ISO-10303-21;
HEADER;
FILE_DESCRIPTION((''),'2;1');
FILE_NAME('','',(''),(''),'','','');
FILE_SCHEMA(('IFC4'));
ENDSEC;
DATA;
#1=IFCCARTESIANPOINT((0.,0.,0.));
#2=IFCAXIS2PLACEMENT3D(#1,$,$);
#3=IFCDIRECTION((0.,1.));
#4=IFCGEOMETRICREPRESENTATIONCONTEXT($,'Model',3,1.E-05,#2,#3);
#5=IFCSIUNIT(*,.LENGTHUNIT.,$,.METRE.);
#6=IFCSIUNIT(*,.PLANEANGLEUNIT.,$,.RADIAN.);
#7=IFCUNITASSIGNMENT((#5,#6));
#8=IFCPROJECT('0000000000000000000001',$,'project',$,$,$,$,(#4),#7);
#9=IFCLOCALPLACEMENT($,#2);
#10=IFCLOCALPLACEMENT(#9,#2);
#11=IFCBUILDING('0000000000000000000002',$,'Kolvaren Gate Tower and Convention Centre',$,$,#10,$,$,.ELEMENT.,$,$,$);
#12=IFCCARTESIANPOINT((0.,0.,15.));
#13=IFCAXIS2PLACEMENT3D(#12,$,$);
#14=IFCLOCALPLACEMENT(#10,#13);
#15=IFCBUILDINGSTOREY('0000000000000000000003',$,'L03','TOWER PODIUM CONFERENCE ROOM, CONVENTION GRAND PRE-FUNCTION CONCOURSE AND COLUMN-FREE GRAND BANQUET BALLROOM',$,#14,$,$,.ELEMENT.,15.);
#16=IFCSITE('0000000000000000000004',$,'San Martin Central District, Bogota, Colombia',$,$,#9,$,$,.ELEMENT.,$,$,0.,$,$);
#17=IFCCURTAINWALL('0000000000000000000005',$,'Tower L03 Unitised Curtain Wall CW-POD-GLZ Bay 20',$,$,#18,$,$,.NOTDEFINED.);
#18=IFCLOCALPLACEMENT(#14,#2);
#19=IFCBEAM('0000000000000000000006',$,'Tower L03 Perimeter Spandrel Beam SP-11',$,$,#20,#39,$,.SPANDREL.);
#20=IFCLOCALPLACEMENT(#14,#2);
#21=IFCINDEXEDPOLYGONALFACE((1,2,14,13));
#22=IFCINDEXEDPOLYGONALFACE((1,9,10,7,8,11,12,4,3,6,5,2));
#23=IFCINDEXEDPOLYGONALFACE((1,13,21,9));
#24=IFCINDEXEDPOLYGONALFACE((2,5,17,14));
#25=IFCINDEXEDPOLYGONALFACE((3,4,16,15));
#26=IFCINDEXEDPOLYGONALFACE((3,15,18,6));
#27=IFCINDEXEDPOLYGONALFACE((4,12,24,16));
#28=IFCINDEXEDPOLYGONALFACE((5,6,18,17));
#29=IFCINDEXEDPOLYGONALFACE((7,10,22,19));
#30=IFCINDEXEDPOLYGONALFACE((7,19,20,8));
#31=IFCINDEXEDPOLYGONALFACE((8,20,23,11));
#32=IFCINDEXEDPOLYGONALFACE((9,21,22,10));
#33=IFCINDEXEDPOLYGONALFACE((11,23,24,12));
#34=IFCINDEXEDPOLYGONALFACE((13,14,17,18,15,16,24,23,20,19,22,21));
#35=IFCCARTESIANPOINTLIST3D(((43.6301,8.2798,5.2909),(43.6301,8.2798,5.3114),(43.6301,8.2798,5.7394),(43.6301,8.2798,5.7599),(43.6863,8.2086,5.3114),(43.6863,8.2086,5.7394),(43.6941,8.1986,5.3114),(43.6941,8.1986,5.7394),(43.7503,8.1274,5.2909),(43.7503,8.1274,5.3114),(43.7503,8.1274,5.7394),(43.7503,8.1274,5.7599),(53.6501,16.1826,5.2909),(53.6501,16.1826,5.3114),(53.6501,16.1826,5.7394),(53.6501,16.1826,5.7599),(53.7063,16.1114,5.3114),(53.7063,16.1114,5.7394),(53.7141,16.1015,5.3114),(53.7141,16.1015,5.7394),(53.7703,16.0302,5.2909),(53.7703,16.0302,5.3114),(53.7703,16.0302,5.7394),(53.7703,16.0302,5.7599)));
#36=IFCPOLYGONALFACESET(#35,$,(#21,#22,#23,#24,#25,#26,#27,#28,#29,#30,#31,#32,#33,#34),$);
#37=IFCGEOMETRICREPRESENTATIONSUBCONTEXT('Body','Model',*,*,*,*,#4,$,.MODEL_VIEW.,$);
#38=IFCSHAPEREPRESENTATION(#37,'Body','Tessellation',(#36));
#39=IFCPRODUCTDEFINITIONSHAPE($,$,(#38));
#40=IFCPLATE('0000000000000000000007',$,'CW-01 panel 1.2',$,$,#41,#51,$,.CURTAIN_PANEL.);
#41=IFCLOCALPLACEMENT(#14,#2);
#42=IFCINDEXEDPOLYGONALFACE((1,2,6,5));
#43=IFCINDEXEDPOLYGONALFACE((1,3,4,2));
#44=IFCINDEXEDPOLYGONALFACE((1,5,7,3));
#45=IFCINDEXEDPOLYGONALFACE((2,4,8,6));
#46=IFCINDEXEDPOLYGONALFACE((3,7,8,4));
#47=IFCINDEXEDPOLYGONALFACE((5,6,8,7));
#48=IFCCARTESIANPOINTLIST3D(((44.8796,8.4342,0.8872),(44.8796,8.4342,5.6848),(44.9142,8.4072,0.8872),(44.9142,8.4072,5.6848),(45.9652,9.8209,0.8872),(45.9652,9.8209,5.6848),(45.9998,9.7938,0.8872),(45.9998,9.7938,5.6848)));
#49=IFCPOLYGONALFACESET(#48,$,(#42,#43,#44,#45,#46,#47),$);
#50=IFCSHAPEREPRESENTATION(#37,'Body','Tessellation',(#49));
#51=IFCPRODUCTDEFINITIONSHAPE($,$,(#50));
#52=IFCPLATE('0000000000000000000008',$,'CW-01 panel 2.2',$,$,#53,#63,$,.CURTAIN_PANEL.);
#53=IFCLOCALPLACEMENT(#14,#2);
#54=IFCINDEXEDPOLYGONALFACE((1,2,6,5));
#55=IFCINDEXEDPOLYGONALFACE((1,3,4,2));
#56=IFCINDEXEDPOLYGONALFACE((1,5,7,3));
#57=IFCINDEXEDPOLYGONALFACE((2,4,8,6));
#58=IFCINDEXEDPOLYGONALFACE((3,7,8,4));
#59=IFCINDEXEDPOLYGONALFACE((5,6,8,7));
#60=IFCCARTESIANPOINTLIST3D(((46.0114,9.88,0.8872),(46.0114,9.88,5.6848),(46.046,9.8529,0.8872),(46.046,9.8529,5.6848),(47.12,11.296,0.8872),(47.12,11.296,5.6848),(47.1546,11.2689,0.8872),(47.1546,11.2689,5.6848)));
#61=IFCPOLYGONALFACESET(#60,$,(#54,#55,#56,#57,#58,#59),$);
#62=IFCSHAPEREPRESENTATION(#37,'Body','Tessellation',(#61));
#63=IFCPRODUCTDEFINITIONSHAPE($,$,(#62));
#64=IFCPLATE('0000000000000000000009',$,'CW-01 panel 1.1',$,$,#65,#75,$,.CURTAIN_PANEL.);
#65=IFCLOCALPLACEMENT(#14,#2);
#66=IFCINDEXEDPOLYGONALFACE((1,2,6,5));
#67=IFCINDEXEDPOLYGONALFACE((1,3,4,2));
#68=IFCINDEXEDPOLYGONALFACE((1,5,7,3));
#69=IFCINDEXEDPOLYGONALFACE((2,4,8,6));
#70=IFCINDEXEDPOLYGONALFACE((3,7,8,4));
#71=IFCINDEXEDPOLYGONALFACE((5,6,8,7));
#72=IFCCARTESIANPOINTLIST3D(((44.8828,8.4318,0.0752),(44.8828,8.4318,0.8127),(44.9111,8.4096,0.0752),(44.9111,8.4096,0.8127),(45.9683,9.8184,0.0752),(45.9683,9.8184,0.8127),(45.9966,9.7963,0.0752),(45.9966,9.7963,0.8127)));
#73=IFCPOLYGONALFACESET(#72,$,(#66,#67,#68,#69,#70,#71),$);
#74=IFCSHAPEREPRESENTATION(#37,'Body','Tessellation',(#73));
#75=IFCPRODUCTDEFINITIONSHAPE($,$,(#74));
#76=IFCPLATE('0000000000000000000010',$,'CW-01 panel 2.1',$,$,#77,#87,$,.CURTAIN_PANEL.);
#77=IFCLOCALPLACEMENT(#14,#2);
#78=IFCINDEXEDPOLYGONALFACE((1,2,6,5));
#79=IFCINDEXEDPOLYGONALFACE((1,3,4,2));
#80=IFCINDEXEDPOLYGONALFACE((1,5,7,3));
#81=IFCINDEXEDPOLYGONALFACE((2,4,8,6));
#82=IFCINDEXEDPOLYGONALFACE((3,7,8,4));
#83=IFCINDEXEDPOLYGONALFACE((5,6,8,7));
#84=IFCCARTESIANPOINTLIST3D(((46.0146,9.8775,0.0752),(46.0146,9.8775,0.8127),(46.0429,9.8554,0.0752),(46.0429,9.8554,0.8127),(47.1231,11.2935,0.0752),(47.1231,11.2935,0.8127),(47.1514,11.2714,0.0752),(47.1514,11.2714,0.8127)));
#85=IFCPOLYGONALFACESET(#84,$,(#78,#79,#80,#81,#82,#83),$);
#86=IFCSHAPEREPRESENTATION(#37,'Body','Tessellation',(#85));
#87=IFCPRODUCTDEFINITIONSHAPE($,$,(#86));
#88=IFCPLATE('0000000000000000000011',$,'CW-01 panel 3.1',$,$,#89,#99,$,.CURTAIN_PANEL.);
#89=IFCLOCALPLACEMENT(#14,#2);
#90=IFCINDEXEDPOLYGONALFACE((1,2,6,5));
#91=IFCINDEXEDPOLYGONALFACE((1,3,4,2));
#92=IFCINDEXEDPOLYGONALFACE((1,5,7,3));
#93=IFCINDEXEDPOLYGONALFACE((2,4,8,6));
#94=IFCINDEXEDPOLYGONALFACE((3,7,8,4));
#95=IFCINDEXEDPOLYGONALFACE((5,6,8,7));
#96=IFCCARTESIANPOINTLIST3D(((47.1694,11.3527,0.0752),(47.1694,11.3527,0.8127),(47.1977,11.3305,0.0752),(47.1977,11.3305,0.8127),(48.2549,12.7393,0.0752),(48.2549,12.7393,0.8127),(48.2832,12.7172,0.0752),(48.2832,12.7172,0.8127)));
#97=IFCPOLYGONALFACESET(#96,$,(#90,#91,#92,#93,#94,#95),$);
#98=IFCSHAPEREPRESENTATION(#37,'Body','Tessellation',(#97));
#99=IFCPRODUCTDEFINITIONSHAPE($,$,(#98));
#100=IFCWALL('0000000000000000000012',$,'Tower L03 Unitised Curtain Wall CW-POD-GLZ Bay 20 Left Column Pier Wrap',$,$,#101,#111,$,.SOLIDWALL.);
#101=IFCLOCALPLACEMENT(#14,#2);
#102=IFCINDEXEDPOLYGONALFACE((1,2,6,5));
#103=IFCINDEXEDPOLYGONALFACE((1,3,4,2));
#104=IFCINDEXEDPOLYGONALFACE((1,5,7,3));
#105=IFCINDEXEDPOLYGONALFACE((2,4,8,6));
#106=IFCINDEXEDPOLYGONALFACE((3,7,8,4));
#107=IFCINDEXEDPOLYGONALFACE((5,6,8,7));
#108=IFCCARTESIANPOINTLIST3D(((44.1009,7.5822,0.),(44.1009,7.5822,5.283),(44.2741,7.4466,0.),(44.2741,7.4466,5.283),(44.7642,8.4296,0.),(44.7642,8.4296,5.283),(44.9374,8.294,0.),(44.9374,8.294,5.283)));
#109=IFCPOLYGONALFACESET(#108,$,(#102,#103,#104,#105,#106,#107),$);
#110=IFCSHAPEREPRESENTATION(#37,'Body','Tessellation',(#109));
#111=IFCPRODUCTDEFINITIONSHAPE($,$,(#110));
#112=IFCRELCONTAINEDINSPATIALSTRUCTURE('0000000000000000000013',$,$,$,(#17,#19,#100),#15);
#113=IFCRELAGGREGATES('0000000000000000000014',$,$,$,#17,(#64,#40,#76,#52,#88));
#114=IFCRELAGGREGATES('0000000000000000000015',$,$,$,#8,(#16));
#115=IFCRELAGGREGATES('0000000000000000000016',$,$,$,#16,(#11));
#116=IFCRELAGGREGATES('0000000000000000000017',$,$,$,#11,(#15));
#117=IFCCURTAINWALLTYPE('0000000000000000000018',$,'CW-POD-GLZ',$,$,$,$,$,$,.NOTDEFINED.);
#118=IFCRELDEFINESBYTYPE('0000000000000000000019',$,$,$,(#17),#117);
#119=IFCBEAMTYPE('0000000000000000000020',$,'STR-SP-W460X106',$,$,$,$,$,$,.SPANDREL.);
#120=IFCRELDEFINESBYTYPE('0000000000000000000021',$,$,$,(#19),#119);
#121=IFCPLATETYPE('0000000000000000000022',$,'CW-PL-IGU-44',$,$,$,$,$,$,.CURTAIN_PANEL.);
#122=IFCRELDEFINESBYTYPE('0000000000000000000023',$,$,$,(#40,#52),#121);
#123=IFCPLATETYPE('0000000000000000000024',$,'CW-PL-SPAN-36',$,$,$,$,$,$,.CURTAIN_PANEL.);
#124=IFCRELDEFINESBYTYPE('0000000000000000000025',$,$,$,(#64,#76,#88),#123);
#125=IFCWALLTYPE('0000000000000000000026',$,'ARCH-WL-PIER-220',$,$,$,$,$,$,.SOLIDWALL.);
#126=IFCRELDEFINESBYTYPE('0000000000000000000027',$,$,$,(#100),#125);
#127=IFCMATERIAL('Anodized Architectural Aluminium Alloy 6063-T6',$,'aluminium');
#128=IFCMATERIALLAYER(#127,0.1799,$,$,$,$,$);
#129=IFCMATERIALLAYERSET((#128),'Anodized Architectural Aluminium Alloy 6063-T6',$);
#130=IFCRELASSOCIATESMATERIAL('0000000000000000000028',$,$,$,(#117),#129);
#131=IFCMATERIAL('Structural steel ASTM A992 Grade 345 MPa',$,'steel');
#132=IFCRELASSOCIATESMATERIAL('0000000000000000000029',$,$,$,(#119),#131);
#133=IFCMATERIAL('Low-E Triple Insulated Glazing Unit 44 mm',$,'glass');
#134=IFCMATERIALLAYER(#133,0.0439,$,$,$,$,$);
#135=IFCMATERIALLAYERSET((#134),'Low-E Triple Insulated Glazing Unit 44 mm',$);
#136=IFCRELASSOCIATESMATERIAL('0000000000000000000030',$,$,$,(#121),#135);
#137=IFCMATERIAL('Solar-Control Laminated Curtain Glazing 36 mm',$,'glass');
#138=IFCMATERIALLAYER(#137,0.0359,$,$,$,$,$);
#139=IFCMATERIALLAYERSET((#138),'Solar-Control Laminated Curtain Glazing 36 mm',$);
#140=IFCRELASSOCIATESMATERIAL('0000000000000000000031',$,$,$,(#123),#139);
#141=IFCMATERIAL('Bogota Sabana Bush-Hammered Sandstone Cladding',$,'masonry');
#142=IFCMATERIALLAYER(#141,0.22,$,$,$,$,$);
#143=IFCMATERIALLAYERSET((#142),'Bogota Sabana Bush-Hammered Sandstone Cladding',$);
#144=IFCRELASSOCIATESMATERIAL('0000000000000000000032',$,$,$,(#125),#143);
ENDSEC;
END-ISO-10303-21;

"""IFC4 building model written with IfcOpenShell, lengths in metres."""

from ifc_helpers import new_model, si_unit, direction, frame, frame_2d, origin, origin_2d, place, context, subcontext, project, spatial, rectangle, i_section, extrude, material, layer, layer_set, material_profile, profile_set, type_object, element, aggregate, save


model = new_model("IFC4")

# Units and contexts
model_context = context("Model", 3, precision=1e-05, world=origin(), true_north=direction((0.0, 1.0)))
body_context = subcontext(model_context, "Body", "Model", "MODEL_VIEW")
ifc_project = project(units=[si_unit("LENGTHUNIT", "METRE"), si_unit("PLANEANGLEUNIT", "RADIAN")], contexts=[model_context])

# Site, building, storey
site_placement = place(None, origin())
site = spatial("IfcSite", under=ifc_project, at=site_placement, Name="San Martin Central District, Bogota, Colombia", CompositionType="ELEMENT", RefElevation=0.0)
building_placement = place(site_placement, origin())
building = spatial("IfcBuilding", under=site, at=building_placement, Name="Kolvaren Gate Tower and Convention Centre", CompositionType="ELEMENT")
storey_placement = place(building_placement, frame((0.0, 0.0, 15.0)))
storey = spatial("IfcBuildingStorey", under=building, at=storey_placement, Name="L03", Description="TOWER PODIUM CONFERENCE ROOM, CONVENTION GRAND PRE-FUNCTION CONCOURSE AND COLUMN-FREE GRAND BANQUET BALLROOM", CompositionType="ELEMENT", Elevation=15.0)

# Curtain wall
ifc_material_1 = material(Name="Anodized Architectural Aluminium Alloy 6063-T6", Category="aluminium")
ifc_layer_1 = layer(ifc_material_1, 0.1799)
ifc_layer_set_1 = layer_set([ifc_layer_1], Name="Anodized Architectural Aluminium Alloy 6063-T6")
curtain_wall_type = type_object("IfcCurtainWallType", Name="CW-POD-GLZ", PredefinedType="NOTDEFINED", material=ifc_layer_set_1)
curtain_wall_placement = place(storey_placement, origin())
curtain_wall = element("IfcCurtainWall", 1, at=curtain_wall_placement, inside=storey, type_object=curtain_wall_type, Name="Tower L03 Unitised Curtain Wall CW-POD-GLZ Bay 20", PredefinedType="NOTDEFINED")

# Beam
ifc_material_2 = material(Name="Structural steel ASTM A992 Grade 345 MPa", Category="steel")
ifc_material_profile_1 = material_profile(ifc_material_2, i_section(OverallWidth=0.1941, OverallDepth=0.469, WebThickness=0.0127, FlangeThickness=0.0205, at=origin_2d()), Name="W460X106")
ifc_profile_set_1 = profile_set([ifc_material_profile_1], Name="Structural steel ASTM A992 Grade 345 MPa")
beam_type = type_object("IfcBeamType", Name="STR-SP-W460X106", PredefinedType="SPANDREL", material=ifc_profile_set_1)
beam_placement = place(storey_placement, frame((43.6902, 8.2036, 5.5254), z_axis=(0.785176, 0.619272, 0.0), x_axis=(-0.619272, 0.785176, 0.0)))
element("IfcBeam", 2, at=beam_placement, inside=storey, type_object=beam_type, Name="Tower L03 Perimeter Spandrel Beam SP-11", PredefinedType="SPANDREL", context=body_context, shape_type="SweptSolid", body=[
    extrude(i_section(OverallWidth=0.1941, OverallDepth=0.469, WebThickness=0.0127, FlangeThickness=0.0205, at=origin_2d()), origin(), (0.0, 0.0, 1.0), 12.7615),
])

# Plates
ifc_material_3 = material(Name="Low-E Triple Insulated Glazing Unit 44 mm", Category="glass")
ifc_layer_2 = layer(ifc_material_3, 0.0439)
ifc_layer_set_2 = layer_set([ifc_layer_2], Name="Low-E Triple Insulated Glazing Unit 44 mm")
plate_type_1 = type_object("IfcPlateType", Name="CW-PL-IGU-44", PredefinedType="CURTAIN_PANEL", material=ifc_layer_set_2)
plate_1_placement = place(storey_placement, frame((45.4397, 9.114, 0.8872), z_axis=(0.0, 0.0, 1.0), x_axis=(0.616426, 0.787413, 0.0)))
plate_1 = element("IfcPlate", 3, at=plate_1_placement, type_object=plate_type_1, Name="CW-01 panel 1.2", PredefinedType="CURTAIN_PANEL", context=body_context, shape_type="SweptSolid", body=[
    extrude(rectangle(XDim=1.761, YDim=0.0439, at=origin_2d()), origin(), (0.0, 0.0, 1.0), 4.7976),
])
plate_2_placement = place(storey_placement, frame((46.583, 10.5745, 0.8872), z_axis=(0.0, 0.0, 1.0), x_axis=(0.616426, 0.787413, 0.0)))
plate_2 = element("IfcPlate", 4, at=plate_2_placement, type_object=plate_type_1, Name="CW-01 panel 2.2", PredefinedType="CURTAIN_PANEL", context=body_context, shape_type="SweptSolid", body=[
    extrude(rectangle(XDim=1.7983, YDim=0.0439, at=origin_2d()), origin(), (0.0, 0.0, 1.0), 4.7976),
])
ifc_material_4 = material(Name="Solar-Control Laminated Curtain Glazing 36 mm", Category="glass")
ifc_layer_3 = layer(ifc_material_4, 0.0359)
ifc_layer_set_3 = layer_set([ifc_layer_3], Name="Solar-Control Laminated Curtain Glazing 36 mm")
plate_type_2 = type_object("IfcPlateType", Name="CW-PL-SPAN-36", PredefinedType="CURTAIN_PANEL", material=ifc_layer_set_3)
plate_3_placement = place(storey_placement, frame((45.4397, 9.114, 0.0752), z_axis=(0.0, 0.0, 1.0), x_axis=(0.616426, 0.787413, 0.0)))
plate_3 = element("IfcPlate", 5, at=plate_3_placement, type_object=plate_type_2, Name="CW-01 panel 1.1", PredefinedType="CURTAIN_PANEL", context=body_context, shape_type="SweptSolid", body=[
    extrude(rectangle(XDim=1.761, YDim=0.0359, at=origin_2d()), origin(), (0.0, 0.0, 1.0), 0.7375),
])
plate_4_placement = place(storey_placement, frame((46.583, 10.5745, 0.0752), z_axis=(0.0, 0.0, 1.0), x_axis=(0.616426, 0.787413, 0.0)))
plate_4 = element("IfcPlate", 6, at=plate_4_placement, type_object=plate_type_2, Name="CW-01 panel 2.1", PredefinedType="CURTAIN_PANEL", context=body_context, shape_type="SweptSolid", body=[
    extrude(rectangle(XDim=1.7983, YDim=0.0359, at=origin_2d()), origin(), (0.0, 0.0, 1.0), 0.7375),
])
plate_5_placement = place(storey_placement, frame((47.7263, 12.0349, 0.0752), z_axis=(0.0, 0.0, 1.0), x_axis=(0.616426, 0.787413, 0.0)))
plate_5 = element("IfcPlate", 7, at=plate_5_placement, type_object=plate_type_2, Name="CW-01 panel 3.1", PredefinedType="CURTAIN_PANEL", context=body_context, shape_type="SweptSolid", body=[
    extrude(rectangle(XDim=1.761, YDim=0.0359, at=origin_2d()), origin(), (0.0, 0.0, 1.0), 0.7375),
])
aggregate(curtain_wall, [plate_3, plate_1, plate_4, plate_2, plate_5])

# Wall
ifc_material_5 = material(Name="Bogota Sabana Bush-Hammered Sandstone Cladding", Category="masonry")
ifc_layer_4 = layer(ifc_material_5, 0.22)
ifc_layer_set_4 = layer_set([ifc_layer_4], Name="Bogota Sabana Bush-Hammered Sandstone Cladding")
wall_type = type_object("IfcWallType", Name="ARCH-WL-PIER-220", PredefinedType="SOLIDWALL", material=ifc_layer_set_4)
wall_placement = place(storey_placement, frame((44.1875, 7.5144, 0.0), z_axis=(0.0, 0.0, 1.0), x_axis=(0.616388, 0.787443, 0.0)))
element("IfcWall", 8, at=wall_placement, inside=storey, type_object=wall_type, Name="Tower L03 Unitised Curtain Wall CW-POD-GLZ Bay 20 Left Column Pier Wrap", PredefinedType="SOLIDWALL", context=body_context, shape_type="SweptSolid", body=[
    extrude(rectangle(XDim=1.0762, YDim=0.22, at=frame_2d((0.5381, 0.0))), origin(), (0.0, 0.0, 1.0), 5.283),
])

save(model, "model.ifc")
